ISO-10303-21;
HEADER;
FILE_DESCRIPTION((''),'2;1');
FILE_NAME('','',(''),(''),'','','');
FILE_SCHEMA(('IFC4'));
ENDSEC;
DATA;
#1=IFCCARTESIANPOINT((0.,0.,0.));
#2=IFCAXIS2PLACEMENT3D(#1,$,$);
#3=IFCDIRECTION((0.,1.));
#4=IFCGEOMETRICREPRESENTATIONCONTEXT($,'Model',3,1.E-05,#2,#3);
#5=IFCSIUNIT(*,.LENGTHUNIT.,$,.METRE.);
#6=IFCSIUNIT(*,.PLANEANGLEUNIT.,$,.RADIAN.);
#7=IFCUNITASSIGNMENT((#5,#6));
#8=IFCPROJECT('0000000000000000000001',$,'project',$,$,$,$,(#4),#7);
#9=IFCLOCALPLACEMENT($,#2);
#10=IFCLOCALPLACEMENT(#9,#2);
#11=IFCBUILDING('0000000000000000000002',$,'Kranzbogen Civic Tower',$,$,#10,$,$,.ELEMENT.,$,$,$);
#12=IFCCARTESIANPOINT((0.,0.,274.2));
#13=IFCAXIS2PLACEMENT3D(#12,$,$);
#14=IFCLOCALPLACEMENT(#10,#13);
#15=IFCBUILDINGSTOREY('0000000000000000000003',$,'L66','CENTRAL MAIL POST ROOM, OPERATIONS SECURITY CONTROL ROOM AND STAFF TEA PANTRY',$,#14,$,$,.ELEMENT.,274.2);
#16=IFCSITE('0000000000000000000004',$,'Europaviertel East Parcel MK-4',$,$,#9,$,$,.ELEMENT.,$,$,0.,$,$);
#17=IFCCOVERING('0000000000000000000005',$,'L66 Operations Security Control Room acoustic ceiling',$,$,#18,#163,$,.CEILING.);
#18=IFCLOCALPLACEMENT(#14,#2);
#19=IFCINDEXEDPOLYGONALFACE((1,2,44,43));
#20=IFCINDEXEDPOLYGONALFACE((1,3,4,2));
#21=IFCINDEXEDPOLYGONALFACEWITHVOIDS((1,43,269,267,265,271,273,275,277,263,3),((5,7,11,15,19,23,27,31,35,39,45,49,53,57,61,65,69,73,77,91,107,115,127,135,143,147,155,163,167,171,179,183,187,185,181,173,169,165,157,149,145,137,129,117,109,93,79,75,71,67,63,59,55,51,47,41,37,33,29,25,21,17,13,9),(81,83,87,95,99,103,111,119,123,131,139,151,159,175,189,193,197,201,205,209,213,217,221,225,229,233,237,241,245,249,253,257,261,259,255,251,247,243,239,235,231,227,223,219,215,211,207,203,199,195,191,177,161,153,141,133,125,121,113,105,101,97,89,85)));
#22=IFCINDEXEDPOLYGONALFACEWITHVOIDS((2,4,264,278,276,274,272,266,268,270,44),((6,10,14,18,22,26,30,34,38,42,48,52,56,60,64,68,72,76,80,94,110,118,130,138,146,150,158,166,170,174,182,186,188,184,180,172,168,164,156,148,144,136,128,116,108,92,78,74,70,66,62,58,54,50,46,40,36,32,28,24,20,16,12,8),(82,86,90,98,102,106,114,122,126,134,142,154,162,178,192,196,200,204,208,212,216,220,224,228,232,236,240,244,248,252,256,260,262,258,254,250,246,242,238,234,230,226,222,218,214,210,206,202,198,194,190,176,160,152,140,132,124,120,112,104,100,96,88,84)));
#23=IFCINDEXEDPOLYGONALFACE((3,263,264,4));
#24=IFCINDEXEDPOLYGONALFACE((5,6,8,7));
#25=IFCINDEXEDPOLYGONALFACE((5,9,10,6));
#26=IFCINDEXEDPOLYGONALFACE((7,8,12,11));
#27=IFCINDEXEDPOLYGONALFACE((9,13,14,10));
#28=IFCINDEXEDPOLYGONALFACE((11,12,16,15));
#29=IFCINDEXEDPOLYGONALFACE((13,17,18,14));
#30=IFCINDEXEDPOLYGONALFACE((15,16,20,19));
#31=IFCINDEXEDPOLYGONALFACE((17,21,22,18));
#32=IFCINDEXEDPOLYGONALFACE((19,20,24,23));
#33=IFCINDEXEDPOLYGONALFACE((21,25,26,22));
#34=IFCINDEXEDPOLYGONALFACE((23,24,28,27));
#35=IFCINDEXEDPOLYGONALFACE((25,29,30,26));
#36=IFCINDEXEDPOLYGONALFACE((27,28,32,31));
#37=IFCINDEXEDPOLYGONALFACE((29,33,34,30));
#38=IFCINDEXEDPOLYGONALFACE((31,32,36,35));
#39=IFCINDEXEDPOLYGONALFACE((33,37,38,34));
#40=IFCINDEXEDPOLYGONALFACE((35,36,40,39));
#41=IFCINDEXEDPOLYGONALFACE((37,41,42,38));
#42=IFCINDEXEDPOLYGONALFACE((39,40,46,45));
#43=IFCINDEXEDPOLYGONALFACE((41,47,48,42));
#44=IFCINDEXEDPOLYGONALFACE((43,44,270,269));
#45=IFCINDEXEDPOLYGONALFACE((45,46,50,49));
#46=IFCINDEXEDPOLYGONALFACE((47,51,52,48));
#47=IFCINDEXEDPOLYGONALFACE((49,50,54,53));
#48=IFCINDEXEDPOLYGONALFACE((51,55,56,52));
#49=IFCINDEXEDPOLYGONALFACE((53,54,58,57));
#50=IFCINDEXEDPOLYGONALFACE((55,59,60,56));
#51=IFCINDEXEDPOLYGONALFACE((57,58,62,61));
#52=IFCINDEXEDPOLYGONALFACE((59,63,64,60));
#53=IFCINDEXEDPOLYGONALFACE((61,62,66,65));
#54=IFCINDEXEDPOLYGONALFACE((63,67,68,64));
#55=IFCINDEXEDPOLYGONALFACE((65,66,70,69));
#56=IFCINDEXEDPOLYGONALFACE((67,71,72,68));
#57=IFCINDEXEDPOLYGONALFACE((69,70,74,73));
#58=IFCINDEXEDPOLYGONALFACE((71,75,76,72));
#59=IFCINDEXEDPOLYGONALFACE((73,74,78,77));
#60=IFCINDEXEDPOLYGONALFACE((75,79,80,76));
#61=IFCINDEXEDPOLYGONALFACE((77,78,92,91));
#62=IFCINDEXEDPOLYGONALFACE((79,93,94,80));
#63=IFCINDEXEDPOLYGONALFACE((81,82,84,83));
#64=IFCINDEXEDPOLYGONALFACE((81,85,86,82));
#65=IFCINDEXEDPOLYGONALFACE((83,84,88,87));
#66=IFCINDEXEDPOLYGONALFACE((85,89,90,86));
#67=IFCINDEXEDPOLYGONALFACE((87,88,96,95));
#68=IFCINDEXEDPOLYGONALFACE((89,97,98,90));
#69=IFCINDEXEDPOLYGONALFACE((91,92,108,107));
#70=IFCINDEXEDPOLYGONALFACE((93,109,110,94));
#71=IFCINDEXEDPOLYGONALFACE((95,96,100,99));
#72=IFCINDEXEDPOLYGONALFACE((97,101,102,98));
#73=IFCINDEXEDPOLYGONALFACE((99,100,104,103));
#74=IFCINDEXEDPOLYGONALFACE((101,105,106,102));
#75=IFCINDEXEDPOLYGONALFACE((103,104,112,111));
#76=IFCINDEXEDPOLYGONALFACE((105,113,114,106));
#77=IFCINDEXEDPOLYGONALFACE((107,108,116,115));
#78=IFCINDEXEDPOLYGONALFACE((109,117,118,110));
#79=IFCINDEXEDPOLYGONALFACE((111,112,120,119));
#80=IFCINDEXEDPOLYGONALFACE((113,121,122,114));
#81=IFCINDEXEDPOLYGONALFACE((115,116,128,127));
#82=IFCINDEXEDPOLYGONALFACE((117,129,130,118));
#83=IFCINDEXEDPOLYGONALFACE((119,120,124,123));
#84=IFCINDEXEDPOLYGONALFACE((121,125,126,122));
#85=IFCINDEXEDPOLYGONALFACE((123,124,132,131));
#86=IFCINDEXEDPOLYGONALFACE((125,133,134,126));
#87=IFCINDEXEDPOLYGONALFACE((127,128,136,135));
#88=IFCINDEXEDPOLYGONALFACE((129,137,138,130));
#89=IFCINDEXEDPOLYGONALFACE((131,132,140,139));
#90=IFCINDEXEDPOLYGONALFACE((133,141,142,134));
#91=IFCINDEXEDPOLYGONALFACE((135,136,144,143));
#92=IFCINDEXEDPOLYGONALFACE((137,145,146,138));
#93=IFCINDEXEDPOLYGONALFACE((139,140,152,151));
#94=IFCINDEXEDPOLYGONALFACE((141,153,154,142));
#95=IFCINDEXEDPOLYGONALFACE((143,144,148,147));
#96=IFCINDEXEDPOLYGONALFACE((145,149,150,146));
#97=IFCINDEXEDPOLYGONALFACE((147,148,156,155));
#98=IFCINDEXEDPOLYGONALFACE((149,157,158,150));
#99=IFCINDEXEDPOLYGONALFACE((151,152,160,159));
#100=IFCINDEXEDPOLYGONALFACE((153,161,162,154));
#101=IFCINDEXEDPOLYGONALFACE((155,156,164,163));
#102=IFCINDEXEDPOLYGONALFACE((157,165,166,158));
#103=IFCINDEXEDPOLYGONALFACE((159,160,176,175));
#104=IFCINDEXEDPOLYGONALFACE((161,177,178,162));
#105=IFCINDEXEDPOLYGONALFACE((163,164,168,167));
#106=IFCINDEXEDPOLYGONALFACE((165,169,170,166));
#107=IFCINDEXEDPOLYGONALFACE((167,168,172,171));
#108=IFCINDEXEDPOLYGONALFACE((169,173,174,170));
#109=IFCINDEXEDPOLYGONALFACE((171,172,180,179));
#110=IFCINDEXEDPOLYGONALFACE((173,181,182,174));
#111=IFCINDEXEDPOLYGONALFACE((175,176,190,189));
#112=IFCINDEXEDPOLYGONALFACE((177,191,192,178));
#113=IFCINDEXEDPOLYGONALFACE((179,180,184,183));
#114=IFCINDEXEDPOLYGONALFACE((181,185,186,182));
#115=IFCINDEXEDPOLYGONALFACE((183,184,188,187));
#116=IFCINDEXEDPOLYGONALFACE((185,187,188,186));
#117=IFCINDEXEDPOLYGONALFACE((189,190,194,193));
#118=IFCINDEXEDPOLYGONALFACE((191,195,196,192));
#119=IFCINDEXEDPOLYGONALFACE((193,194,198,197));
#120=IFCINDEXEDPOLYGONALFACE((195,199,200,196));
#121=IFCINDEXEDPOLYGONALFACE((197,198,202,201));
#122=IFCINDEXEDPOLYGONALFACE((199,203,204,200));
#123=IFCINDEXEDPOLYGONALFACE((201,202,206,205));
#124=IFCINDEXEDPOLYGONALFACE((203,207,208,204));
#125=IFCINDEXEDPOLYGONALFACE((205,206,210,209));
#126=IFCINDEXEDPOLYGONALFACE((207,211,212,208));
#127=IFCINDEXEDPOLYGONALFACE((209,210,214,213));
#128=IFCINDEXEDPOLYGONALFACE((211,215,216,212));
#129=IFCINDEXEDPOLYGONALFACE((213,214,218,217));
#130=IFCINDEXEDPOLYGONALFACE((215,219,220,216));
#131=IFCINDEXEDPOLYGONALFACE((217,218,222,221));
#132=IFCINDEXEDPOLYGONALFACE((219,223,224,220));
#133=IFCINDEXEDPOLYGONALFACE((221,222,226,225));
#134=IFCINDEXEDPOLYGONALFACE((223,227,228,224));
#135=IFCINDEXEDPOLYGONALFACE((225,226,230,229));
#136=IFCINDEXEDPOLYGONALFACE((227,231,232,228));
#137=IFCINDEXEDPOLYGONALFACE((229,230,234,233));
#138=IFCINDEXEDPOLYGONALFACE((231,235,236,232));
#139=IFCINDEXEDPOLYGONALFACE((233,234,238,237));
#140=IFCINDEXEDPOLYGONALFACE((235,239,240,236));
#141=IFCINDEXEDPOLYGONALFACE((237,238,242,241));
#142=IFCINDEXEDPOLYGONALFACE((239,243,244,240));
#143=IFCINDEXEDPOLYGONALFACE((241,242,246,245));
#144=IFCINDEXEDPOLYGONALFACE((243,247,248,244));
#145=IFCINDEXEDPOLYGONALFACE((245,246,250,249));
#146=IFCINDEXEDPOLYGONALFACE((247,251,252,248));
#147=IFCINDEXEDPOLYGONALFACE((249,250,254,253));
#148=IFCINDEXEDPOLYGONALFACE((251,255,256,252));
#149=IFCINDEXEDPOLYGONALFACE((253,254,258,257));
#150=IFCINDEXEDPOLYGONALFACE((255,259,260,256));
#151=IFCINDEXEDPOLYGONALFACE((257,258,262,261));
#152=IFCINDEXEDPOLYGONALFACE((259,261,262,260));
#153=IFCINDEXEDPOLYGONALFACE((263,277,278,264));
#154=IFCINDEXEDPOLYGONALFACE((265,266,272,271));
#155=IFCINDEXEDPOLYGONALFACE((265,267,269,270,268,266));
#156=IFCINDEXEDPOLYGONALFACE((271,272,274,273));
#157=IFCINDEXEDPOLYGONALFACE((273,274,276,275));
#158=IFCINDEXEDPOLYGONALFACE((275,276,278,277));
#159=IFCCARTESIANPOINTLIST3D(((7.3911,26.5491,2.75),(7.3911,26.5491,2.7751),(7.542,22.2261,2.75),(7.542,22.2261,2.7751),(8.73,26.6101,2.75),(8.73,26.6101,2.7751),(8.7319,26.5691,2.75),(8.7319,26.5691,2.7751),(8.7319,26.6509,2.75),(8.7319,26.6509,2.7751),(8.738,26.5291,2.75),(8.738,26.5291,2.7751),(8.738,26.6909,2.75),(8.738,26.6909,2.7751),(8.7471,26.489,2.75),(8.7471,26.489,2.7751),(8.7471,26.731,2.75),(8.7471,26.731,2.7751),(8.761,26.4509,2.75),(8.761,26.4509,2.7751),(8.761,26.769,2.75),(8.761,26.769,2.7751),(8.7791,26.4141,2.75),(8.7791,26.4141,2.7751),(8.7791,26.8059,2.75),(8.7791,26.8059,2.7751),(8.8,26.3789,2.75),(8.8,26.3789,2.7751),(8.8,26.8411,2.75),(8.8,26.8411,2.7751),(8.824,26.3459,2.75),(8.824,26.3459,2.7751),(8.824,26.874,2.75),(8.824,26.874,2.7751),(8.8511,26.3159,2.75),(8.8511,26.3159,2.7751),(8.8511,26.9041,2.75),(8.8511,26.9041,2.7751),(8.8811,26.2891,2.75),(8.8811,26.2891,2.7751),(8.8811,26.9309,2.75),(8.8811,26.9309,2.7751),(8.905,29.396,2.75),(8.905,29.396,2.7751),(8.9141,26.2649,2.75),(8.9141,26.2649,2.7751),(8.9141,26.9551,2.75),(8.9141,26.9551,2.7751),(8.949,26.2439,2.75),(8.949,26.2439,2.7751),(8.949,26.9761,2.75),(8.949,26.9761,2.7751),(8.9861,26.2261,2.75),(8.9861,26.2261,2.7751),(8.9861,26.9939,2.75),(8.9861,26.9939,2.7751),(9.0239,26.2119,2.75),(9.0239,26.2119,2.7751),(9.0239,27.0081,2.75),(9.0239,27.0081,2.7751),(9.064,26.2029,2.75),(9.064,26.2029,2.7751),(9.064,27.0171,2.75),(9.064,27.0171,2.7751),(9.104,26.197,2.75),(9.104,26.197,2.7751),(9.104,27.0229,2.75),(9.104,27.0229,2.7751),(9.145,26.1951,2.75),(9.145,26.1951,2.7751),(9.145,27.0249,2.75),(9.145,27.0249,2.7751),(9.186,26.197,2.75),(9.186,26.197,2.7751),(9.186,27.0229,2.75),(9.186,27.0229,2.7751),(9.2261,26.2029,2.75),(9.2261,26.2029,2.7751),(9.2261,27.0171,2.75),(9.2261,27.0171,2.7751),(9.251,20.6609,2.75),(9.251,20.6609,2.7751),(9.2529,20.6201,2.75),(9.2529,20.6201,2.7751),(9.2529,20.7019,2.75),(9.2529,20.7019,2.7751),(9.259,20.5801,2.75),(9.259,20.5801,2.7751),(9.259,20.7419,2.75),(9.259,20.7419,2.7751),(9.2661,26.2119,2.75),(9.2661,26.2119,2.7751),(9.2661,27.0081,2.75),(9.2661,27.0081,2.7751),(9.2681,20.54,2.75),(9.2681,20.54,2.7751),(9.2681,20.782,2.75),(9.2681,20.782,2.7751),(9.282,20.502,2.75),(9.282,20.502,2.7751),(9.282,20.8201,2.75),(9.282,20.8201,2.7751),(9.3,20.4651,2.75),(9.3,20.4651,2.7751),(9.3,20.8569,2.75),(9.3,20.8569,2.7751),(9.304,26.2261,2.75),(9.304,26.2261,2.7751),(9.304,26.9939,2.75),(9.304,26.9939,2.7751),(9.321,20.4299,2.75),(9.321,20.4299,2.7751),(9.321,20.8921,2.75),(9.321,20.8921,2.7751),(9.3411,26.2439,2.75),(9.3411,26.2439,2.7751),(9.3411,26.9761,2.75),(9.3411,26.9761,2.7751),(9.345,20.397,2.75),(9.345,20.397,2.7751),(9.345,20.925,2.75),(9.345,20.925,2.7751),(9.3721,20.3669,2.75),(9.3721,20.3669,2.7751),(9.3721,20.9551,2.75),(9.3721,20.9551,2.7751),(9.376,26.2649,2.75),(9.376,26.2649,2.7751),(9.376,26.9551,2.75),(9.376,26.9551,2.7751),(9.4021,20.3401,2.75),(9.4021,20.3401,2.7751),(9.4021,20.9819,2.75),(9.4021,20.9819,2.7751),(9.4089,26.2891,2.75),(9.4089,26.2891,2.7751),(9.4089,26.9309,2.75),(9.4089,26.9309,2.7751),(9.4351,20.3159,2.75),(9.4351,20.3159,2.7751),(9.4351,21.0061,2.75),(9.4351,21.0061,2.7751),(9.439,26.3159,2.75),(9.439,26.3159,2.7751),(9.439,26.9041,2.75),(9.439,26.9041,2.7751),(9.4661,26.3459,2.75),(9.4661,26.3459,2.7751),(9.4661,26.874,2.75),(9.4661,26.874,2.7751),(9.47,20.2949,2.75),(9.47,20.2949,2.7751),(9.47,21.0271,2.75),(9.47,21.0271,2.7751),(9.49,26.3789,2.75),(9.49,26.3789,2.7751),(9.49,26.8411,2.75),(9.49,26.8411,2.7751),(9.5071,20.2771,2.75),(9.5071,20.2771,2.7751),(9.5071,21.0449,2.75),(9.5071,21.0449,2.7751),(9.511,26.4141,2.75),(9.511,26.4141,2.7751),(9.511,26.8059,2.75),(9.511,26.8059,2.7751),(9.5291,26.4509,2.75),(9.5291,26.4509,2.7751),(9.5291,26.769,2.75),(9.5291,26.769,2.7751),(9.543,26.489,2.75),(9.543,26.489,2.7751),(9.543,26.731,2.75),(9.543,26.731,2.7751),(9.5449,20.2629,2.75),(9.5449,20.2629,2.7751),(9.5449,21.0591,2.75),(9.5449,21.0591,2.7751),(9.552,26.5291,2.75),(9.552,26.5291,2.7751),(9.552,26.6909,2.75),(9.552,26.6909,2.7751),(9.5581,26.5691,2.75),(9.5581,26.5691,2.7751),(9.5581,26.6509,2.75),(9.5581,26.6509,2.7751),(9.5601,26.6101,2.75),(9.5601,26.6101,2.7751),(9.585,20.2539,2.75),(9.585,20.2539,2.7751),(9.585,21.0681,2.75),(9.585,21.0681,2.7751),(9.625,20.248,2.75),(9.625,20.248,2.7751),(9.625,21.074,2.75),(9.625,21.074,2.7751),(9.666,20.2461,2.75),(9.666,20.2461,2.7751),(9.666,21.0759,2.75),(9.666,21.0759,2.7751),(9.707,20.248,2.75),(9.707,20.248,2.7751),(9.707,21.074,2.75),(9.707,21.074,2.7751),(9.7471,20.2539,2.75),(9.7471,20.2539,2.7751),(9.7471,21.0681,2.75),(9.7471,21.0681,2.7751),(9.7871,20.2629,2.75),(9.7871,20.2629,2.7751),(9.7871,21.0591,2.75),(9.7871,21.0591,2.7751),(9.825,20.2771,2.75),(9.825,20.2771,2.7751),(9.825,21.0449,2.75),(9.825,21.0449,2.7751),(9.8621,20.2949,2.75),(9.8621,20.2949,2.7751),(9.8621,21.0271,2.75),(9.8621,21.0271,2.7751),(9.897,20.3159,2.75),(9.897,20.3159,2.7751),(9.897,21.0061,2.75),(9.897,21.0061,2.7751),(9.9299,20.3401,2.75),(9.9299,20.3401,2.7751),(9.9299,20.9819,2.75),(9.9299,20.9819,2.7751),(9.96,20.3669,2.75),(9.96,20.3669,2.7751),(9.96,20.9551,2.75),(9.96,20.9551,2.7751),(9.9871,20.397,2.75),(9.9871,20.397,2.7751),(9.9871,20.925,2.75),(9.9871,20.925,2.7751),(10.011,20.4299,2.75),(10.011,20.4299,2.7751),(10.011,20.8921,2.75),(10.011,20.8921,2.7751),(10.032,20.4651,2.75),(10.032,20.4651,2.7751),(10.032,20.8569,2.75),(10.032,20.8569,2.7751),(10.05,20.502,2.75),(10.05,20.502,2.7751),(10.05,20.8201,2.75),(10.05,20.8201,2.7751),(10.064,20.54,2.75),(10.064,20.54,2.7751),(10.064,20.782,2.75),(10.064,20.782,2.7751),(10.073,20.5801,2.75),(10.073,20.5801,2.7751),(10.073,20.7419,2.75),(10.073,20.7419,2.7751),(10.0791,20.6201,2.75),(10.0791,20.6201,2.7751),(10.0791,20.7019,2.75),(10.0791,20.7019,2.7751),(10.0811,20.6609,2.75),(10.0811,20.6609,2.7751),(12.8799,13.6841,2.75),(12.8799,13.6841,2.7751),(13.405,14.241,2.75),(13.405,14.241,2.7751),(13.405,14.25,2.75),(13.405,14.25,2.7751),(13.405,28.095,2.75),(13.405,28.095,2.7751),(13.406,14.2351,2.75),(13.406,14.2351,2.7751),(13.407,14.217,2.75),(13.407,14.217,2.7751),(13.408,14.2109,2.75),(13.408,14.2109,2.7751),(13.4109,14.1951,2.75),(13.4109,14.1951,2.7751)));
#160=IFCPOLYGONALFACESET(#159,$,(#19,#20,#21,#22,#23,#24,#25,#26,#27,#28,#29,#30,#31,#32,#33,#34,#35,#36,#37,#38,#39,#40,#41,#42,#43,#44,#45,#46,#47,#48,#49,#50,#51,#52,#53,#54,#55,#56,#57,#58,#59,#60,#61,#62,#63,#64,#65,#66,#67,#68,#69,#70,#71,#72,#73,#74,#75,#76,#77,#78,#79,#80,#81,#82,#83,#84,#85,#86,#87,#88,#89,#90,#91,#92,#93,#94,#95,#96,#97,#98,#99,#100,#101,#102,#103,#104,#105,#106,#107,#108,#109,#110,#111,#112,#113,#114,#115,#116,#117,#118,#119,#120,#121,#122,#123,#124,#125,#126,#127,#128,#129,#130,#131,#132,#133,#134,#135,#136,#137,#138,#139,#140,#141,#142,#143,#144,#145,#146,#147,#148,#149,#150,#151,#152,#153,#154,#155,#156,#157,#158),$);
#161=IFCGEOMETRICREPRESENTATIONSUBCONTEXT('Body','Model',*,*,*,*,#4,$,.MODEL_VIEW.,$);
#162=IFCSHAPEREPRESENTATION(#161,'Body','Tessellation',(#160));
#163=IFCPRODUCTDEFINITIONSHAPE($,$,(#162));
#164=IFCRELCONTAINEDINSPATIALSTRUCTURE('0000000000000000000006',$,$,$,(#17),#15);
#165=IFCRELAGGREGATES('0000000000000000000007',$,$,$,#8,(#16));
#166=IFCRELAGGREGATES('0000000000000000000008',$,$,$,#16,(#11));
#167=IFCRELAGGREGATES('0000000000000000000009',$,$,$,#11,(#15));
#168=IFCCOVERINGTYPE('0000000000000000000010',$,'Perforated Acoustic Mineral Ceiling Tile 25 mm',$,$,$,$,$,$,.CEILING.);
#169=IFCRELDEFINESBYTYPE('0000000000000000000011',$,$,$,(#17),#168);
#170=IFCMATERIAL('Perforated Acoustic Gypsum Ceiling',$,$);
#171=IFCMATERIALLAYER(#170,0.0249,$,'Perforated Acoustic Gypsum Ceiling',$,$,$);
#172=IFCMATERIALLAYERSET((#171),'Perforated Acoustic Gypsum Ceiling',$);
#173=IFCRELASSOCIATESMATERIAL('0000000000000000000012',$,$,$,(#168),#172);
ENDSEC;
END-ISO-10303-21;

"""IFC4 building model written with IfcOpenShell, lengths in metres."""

from ifc_helpers import new_model, si_unit, direction, frame, origin, place, context, subcontext, project, spatial, polyline, outline, extrude, material, layer, layer_set, type_object, element, save


model = new_model("IFC4")

# Units and contexts
model_context = context("Model", 3, precision=1e-05, world=origin(), true_north=direction((0.0, 1.0)))
body_context = subcontext(model_context, "Body", "Model", "MODEL_VIEW")
ifc_project = project(units=[si_unit("LENGTHUNIT", "METRE"), si_unit("PLANEANGLEUNIT", "RADIAN")], contexts=[model_context])

# Site, building, storey
site_placement = place(None, origin())
site = spatial("IfcSite", under=ifc_project, at=site_placement, Name="Europaviertel East Parcel MK-4", CompositionType="ELEMENT", RefElevation=0.0)
building_placement = place(site_placement, origin())
building = spatial("IfcBuilding", under=site, at=building_placement, Name="Kranzbogen Civic Tower", CompositionType="ELEMENT")
storey_placement = place(building_placement, frame((0.0, 0.0, 274.2)))
storey = spatial("IfcBuildingStorey", under=building, at=storey_placement, Name="L66", Description="CENTRAL MAIL POST ROOM, OPERATIONS SECURITY CONTROL ROOM AND STAFF TEA PANTRY", CompositionType="ELEMENT", Elevation=274.2)

# Covering
ifc_material_1 = material(Name="Perforated Acoustic Gypsum Ceiling")
ifc_layer_1 = layer(ifc_material_1, 0.0249, Name="Perforated Acoustic Gypsum Ceiling")
ifc_layer_set_1 = layer_set([ifc_layer_1], Name="Perforated Acoustic Gypsum Ceiling")
covering_type_1 = type_object("IfcCoveringType", Name="Perforated Acoustic Mineral Ceiling Tile 25 mm", PredefinedType="CEILING", material=ifc_layer_set_1)
covering_1_placement = place(storey_placement, frame((0.0, 0.0, 2.75)))
element("IfcCovering", 1, at=covering_1_placement, inside=storey, type_object=covering_type_1, Name="L66 Operations Security Control Room acoustic ceiling", PredefinedType="CEILING", context=body_context, shape_type="SweptSolid", body=[
    extrude(outline(polyline([(7.3911, 26.5491), (8.905, 29.396), (13.405, 28.095), (13.405, 14.25), (13.405, 14.241), (13.406, 14.2351), (13.407, 14.217), (13.408, 14.2109), (13.4109, 14.1951), (12.8799, 13.6841), (7.542, 22.2261), (7.3911, 26.5491)]), holes=[polyline([(10.05, 20.502), (10.032, 20.4651), (10.011, 20.4299), (9.9871, 20.397), (9.96, 20.3669), (9.9299, 20.3401), (9.897, 20.3159), (9.8621, 20.2949), (9.825, 20.2771), (9.7871, 20.2629), (9.7471, 20.2539), (9.707, 20.248), (9.666, 20.2461), (9.625, 20.248), (9.585, 20.2539), (9.5449, 20.2629), (9.5071, 20.2771), (9.47, 20.2949), (9.4351, 20.3159), (9.4021, 20.3401), (9.3721, 20.3669), (9.345, 20.397), (9.321, 20.4299), (9.3, 20.4651), (9.282, 20.502), (9.2681, 20.54), (9.259, 20.5801), (9.2529, 20.6201), (9.251, 20.6609), (9.2529, 20.7019), (9.259, 20.7419), (9.2681, 20.782), (9.282, 20.8201), (9.3, 20.8569), (9.321, 20.8921), (9.345, 20.925), (9.3721, 20.9551), (9.4021, 20.9819), (9.4351, 21.0061), (9.47, 21.0271), (9.5071, 21.0449), (9.5449, 21.0591), (9.585, 21.0681), (9.625, 21.074), (9.666, 21.0759), (9.707, 21.074), (9.7471, 21.0681), (9.7871, 21.0591), (9.825, 21.0449), (9.8621, 21.0271), (9.897, 21.0061), (9.9299, 20.9819), (9.96, 20.9551), (9.9871, 20.925), (10.011, 20.8921), (10.032, 20.8569), (10.05, 20.8201), (10.064, 20.782), (10.073, 20.7419), (10.0791, 20.7019), (10.0811, 20.6609), (10.0791, 20.6201), (10.073, 20.5801), (10.064, 20.54), (10.05, 20.502)]), polyline([(9.5291, 26.4509), (9.511, 26.4141), (9.49, 26.3789), (9.4661, 26.3459), (9.439, 26.3159), (9.4089, 26.2891), (9.376, 26.2649), (9.3411, 26.2439), (9.304, 26.2261), (9.2661, 26.2119), (9.2261, 26.2029), (9.186, 26.197), (9.145, 26.1951), (9.104, 26.197), (9.064, 26.2029), (9.0239, 26.2119), (8.9861, 26.2261), (8.949, 26.2439), (8.9141, 26.2649), (8.8811, 26.2891), (8.8511, 26.3159), (8.824, 26.3459), (8.8, 26.3789), (8.7791, 26.4141), (8.761, 26.4509), (8.7471, 26.489), (8.738, 26.5291), (8.7319, 26.5691), (8.73, 26.6101), (8.7319, 26.6509), (8.738, 26.6909), (8.7471, 26.731), (8.761, 26.769), (8.7791, 26.8059), (8.8, 26.8411), (8.824, 26.874), (8.8511, 26.9041), (8.8811, 26.9309), (8.9141, 26.9551), (8.949, 26.9761), (8.9861, 26.9939), (9.0239, 27.0081), (9.064, 27.0171), (9.104, 27.0229), (9.145, 27.0249), (9.186, 27.0229), (9.2261, 27.0171), (9.2661, 27.0081), (9.304, 26.9939), (9.3411, 26.9761), (9.376, 26.9551), (9.4089, 26.9309), (9.439, 26.9041), (9.4661, 26.874), (9.49, 26.8411), (9.511, 26.8059), (9.5291, 26.769), (9.543, 26.731), (9.552, 26.6909), (9.5581, 26.6509), (9.5601, 26.6101), (9.5581, 26.5691), (9.552, 26.5291), (9.543, 26.489), (9.5291, 26.4509)])]), origin(), (0.0, 0.0, 1.0), 0.0251),
])

save(model, "model.ifc")
